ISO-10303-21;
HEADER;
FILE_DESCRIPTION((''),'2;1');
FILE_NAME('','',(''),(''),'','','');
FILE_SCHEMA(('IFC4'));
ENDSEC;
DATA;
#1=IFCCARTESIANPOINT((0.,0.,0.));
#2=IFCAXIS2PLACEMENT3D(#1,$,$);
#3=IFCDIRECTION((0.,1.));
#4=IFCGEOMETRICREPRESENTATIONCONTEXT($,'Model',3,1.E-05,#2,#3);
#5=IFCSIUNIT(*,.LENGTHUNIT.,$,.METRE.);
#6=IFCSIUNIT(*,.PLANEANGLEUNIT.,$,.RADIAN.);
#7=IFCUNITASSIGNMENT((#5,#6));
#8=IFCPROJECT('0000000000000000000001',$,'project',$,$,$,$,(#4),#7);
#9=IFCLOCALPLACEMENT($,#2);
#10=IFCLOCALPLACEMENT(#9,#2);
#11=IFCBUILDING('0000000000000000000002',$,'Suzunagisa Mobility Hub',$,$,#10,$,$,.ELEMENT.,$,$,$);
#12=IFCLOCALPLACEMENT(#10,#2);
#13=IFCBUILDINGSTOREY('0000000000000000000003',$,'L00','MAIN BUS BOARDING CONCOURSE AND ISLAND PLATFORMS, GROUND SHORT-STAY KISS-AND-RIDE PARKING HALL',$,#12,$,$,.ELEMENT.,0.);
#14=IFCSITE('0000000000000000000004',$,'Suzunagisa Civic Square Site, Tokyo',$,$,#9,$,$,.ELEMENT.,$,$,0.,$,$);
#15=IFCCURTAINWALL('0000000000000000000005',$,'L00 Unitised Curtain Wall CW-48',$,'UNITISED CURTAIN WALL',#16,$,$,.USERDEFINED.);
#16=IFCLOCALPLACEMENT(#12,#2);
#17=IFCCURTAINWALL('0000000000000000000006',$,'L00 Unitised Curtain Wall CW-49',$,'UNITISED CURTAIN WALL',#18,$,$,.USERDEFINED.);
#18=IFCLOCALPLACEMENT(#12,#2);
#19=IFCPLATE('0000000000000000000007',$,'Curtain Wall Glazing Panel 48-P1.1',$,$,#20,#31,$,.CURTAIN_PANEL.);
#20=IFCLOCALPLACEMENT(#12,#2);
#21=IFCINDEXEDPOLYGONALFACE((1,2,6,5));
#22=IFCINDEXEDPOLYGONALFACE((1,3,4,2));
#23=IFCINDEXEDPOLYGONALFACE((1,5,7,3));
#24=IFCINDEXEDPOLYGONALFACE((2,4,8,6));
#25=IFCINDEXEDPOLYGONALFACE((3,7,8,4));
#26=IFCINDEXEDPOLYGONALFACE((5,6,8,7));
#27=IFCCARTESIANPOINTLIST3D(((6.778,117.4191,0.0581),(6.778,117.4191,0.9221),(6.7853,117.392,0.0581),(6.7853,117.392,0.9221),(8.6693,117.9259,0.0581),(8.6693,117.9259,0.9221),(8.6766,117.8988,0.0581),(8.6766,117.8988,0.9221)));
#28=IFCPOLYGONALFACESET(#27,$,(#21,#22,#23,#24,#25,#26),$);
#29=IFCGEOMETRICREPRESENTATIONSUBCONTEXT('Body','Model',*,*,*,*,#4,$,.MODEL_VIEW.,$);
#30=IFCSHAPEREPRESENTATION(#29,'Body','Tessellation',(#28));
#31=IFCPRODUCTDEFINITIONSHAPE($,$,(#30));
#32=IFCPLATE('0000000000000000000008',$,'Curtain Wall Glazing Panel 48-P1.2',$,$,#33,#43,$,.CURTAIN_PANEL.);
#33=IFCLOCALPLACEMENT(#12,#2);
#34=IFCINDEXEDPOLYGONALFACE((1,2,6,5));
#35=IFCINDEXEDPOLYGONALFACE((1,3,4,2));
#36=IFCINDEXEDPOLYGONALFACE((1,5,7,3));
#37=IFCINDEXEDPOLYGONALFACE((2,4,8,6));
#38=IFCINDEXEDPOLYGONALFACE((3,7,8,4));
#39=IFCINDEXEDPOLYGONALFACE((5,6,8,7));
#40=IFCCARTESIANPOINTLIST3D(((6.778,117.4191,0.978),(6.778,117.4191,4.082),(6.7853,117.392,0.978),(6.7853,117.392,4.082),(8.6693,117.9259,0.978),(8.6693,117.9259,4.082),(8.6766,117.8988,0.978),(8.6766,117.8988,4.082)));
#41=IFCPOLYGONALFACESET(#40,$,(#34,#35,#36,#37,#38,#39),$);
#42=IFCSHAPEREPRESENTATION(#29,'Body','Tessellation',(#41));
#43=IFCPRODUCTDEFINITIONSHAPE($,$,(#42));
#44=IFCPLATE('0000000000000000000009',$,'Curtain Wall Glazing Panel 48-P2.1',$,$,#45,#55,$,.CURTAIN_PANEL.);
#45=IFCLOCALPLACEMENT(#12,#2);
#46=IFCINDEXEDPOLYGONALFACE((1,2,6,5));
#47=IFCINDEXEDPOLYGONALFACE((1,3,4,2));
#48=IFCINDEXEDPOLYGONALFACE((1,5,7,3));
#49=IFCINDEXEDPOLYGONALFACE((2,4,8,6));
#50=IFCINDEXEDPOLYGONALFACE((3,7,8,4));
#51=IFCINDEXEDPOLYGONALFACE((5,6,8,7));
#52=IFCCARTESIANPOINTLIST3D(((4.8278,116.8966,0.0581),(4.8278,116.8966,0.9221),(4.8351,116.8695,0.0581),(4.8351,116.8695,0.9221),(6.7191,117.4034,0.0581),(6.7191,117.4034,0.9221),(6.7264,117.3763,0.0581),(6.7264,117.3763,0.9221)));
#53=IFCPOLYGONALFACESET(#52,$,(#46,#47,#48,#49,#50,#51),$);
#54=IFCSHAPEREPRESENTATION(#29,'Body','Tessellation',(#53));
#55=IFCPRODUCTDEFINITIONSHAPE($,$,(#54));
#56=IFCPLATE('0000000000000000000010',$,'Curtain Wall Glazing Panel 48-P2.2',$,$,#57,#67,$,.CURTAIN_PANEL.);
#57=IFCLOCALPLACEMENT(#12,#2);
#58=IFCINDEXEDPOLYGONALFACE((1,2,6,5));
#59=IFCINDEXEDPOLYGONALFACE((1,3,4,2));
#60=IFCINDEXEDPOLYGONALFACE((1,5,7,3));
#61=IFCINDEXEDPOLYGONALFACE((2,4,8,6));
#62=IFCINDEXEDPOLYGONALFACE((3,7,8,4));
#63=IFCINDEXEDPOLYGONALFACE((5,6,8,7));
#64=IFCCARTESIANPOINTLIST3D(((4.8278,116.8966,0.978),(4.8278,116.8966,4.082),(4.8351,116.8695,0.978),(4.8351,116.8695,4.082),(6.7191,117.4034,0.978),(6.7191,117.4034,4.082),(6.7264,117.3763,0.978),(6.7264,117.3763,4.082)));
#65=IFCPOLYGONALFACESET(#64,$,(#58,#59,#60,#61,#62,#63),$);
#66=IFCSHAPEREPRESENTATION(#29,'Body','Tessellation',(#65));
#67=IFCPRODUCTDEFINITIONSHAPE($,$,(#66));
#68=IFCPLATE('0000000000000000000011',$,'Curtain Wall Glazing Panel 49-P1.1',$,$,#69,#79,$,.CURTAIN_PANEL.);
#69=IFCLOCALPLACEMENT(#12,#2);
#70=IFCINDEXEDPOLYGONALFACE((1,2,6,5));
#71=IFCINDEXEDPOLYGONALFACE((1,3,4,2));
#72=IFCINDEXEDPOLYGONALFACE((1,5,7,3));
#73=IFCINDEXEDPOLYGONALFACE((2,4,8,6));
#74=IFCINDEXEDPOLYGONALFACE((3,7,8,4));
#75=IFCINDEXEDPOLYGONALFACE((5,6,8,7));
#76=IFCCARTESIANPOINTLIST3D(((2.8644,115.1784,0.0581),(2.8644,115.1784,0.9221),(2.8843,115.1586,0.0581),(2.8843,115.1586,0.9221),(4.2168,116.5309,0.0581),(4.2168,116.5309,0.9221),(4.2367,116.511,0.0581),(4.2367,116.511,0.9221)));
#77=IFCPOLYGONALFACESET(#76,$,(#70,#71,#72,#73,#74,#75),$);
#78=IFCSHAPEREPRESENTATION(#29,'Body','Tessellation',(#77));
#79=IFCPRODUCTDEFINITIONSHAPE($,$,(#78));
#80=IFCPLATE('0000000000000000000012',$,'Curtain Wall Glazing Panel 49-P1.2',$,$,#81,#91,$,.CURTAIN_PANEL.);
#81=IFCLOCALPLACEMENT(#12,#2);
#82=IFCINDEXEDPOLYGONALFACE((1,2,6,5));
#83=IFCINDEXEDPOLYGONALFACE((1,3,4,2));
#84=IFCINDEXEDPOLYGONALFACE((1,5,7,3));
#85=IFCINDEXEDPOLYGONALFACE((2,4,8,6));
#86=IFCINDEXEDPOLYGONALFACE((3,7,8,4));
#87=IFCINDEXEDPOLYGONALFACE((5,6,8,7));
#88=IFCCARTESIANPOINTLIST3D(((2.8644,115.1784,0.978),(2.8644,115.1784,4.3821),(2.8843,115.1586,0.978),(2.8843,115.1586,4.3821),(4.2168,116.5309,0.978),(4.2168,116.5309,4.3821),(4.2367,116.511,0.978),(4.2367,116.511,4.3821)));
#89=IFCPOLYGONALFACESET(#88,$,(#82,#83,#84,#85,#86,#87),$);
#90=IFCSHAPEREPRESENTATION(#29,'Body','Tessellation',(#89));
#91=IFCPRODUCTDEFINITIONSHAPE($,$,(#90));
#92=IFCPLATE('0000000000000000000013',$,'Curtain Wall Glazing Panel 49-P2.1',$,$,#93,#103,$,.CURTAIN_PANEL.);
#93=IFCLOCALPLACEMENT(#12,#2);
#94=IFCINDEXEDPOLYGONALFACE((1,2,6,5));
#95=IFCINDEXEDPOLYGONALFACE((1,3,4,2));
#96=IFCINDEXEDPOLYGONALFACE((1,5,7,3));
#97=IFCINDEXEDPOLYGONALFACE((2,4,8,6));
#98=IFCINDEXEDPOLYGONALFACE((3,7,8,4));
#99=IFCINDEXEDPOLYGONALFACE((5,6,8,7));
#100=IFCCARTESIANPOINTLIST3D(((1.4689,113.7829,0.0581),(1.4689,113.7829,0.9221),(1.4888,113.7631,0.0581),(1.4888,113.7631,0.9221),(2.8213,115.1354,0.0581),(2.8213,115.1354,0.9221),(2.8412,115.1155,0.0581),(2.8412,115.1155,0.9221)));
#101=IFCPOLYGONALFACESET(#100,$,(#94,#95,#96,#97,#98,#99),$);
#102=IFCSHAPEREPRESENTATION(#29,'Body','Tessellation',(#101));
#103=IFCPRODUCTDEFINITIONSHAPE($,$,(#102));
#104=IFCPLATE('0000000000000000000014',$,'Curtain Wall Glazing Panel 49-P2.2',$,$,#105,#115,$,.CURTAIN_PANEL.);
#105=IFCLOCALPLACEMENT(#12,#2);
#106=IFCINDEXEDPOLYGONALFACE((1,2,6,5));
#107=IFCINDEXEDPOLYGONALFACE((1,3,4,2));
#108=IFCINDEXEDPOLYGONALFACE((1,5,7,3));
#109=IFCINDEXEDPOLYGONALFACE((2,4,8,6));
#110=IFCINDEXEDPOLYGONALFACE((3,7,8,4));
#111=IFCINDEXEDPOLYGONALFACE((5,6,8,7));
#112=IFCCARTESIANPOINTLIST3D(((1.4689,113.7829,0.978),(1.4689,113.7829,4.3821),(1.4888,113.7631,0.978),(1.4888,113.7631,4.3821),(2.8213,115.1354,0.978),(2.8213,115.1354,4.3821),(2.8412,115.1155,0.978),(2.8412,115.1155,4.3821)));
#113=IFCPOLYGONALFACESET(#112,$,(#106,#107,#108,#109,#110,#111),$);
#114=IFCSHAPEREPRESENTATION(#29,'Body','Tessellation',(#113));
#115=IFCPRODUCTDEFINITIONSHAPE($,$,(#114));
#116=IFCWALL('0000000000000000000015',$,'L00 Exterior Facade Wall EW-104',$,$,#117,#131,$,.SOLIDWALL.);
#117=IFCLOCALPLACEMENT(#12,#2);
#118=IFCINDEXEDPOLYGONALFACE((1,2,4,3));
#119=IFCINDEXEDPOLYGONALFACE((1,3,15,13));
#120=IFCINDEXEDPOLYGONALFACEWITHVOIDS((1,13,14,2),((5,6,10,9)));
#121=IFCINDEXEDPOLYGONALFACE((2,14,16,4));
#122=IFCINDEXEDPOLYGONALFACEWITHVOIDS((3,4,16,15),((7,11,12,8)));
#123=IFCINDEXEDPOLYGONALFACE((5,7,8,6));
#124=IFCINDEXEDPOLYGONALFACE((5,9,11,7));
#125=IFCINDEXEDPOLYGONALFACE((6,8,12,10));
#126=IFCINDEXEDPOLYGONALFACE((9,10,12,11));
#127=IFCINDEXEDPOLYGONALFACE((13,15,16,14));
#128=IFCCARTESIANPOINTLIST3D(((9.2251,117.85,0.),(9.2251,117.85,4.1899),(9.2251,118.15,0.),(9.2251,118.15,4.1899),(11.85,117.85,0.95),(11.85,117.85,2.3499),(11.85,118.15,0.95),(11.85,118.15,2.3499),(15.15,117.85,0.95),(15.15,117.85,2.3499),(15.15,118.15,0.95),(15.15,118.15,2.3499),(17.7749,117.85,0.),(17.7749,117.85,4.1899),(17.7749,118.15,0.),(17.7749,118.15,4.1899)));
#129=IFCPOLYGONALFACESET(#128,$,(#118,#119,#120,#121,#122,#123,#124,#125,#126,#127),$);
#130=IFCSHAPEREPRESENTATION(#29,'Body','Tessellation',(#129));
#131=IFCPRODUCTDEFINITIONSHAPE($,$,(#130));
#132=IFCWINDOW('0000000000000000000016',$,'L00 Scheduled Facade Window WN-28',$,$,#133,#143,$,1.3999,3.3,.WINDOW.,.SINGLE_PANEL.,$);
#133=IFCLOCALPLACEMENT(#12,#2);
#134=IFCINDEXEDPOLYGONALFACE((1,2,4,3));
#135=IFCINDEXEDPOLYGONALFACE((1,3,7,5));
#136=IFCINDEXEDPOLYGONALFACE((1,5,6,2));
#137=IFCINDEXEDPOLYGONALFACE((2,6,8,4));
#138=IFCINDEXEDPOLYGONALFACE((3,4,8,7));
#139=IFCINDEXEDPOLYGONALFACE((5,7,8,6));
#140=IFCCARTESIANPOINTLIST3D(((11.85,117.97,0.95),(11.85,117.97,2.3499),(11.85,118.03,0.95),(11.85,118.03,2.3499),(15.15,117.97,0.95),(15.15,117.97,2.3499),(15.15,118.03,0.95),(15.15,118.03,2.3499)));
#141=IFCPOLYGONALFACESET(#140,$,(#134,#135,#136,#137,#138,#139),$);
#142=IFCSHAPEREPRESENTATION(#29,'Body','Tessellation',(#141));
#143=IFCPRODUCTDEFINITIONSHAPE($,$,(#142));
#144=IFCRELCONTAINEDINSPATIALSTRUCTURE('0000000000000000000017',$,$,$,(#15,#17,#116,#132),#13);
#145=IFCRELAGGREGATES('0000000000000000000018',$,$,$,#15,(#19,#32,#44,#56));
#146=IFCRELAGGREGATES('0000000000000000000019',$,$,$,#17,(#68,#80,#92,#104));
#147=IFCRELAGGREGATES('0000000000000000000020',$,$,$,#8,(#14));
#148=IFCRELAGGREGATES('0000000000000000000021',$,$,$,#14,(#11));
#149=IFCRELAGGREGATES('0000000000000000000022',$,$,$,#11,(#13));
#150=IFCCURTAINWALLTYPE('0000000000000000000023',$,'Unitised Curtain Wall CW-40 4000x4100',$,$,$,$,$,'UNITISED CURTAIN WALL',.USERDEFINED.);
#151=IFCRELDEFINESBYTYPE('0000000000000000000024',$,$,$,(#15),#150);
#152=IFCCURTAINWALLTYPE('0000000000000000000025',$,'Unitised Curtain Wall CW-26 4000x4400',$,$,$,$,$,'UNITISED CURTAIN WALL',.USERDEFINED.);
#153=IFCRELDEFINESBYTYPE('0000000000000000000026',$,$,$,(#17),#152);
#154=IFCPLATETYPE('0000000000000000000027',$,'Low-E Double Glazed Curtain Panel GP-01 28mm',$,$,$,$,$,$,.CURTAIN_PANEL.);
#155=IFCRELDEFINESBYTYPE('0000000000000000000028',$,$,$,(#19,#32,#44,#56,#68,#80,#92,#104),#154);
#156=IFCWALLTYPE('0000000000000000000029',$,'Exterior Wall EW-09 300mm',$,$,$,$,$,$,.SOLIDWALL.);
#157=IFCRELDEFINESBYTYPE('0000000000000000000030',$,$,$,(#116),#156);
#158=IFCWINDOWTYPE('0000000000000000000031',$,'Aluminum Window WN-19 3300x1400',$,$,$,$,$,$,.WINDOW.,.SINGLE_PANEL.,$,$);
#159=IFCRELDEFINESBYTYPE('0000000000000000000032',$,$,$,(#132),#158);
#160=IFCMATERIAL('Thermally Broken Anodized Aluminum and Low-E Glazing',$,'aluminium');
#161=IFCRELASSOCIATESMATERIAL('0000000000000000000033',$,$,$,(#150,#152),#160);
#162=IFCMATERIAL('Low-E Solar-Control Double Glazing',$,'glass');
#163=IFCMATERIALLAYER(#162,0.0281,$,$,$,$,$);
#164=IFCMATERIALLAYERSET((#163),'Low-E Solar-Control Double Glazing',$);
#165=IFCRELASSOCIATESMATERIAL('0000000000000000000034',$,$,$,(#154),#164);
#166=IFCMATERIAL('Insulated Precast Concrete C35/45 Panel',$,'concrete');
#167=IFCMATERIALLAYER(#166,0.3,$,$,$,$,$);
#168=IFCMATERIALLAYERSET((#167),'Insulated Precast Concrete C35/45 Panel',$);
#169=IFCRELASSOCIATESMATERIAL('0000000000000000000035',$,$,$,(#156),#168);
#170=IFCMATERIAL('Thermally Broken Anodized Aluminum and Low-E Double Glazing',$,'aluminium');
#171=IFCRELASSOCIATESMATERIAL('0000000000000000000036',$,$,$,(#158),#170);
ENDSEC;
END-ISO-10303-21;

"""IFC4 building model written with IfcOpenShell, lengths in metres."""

from ifc_helpers import new_model, si_unit, direction, frame, frame_2d, origin, origin_2d, place, context, subcontext, project, spatial, rectangle, extrude, material, layer, layer_set, type_object, element, fill, aggregate, save


model = new_model("IFC4")

# Units and contexts
model_context = context("Model", 3, precision=1e-05, world=origin(), true_north=direction((0.0, 1.0)))
body_context = subcontext(model_context, "Body", "Model", "MODEL_VIEW")
ifc_project = project(units=[si_unit("LENGTHUNIT", "METRE"), si_unit("PLANEANGLEUNIT", "RADIAN")], contexts=[model_context])

# Site, building, storey
site_placement = place(None, origin())
site = spatial("IfcSite", under=ifc_project, at=site_placement, Name="Suzunagisa Civic Square Site, Tokyo", CompositionType="ELEMENT", RefElevation=0.0)
building_placement = place(site_placement, origin())
building = spatial("IfcBuilding", under=site, at=building_placement, Name="Suzunagisa Mobility Hub", CompositionType="ELEMENT")
storey_placement = place(building_placement, origin())
storey = spatial("IfcBuildingStorey", under=building, at=storey_placement, Name="L00", Description="MAIN BUS BOARDING CONCOURSE AND ISLAND PLATFORMS, GROUND SHORT-STAY KISS-AND-RIDE PARKING HALL", CompositionType="ELEMENT", Elevation=0.0)

# Curtain walls
ifc_material_1 = material(Name="Thermally Broken Anodized Aluminum and Low-E Glazing", Category="aluminium")
curtain_wall_type_1 = type_object("IfcCurtainWallType", Name="Unitised Curtain Wall CW-40 4000x4100", ElementType="UNITISED CURTAIN WALL", PredefinedType="USERDEFINED", material=ifc_material_1)
curtain_wall_1_placement = place(storey_placement, origin())
curtain_wall_1 = element("IfcCurtainWall", 1, at=curtain_wall_1_placement, inside=storey, type_object=curtain_wall_type_1, Name="L00 Unitised Curtain Wall CW-48", ObjectType="UNITISED CURTAIN WALL", PredefinedType="USERDEFINED")
curtain_wall_type_2 = type_object("IfcCurtainWallType", Name="Unitised Curtain Wall CW-26 4000x4400", ElementType="UNITISED CURTAIN WALL", PredefinedType="USERDEFINED", material=ifc_material_1)
curtain_wall_2_placement = place(storey_placement, origin())
curtain_wall_2 = element("IfcCurtainWall", 2, at=curtain_wall_2_placement, inside=storey, type_object=curtain_wall_type_2, Name="L00 Unitised Curtain Wall CW-49", ObjectType="UNITISED CURTAIN WALL", PredefinedType="USERDEFINED")

# Plates
ifc_material_2 = material(Name="Low-E Solar-Control Double Glazing", Category="glass")
ifc_layer_1 = layer(ifc_material_2, 0.0281)
ifc_layer_set_1 = layer_set([ifc_layer_1], Name="Low-E Solar-Control Double Glazing")
plate_type = type_object("IfcPlateType", Name="Low-E Double Glazed Curtain Panel GP-01 28mm", PredefinedType="CURTAIN_PANEL", material=ifc_layer_set_1)
plate_1_placement = place(storey_placement, frame((7.7273, 117.6589, 0.0581), z_axis=(0.0, 0.0, 1.0), x_axis=(-0.965925, -0.258821, 0.0)))
plate_1 = element("IfcPlate", 3, at=plate_1_placement, type_object=plate_type, Name="Curtain Wall Glazing Panel 48-P1.1", PredefinedType="CURTAIN_PANEL", context=body_context, shape_type="SweptSolid", body=[
    extrude(rectangle(XDim=1.958, YDim=0.0281, at=origin_2d()), origin(), (0.0, 0.0, 1.0), 0.864),
])
plate_2_placement = place(storey_placement, frame((7.7273, 117.6589, 0.978), z_axis=(0.0, 0.0, 1.0), x_axis=(-0.965925, -0.258821, 0.0)))
plate_2 = element("IfcPlate", 4, at=plate_2_placement, type_object=plate_type, Name="Curtain Wall Glazing Panel 48-P1.2", PredefinedType="CURTAIN_PANEL", context=body_context, shape_type="SweptSolid", body=[
    extrude(rectangle(XDim=1.958, YDim=0.0281, at=origin_2d()), origin(), (0.0, 0.0, 1.0), 3.104),
])
plate_3_placement = place(storey_placement, frame((5.7771, 117.1365, 0.0581), z_axis=(0.0, 0.0, 1.0), x_axis=(-0.965925, -0.258821, 0.0)))
plate_3 = element("IfcPlate", 5, at=plate_3_placement, type_object=plate_type, Name="Curtain Wall Glazing Panel 48-P2.1", PredefinedType="CURTAIN_PANEL", context=body_context, shape_type="SweptSolid", body=[
    extrude(rectangle(XDim=1.958, YDim=0.0281, at=origin_2d()), origin(), (0.0, 0.0, 1.0), 0.864),
])
plate_4_placement = place(storey_placement, frame((5.7771, 117.1365, 0.978), z_axis=(0.0, 0.0, 1.0), x_axis=(-0.965925, -0.258821, 0.0)))
plate_4 = element("IfcPlate", 6, at=plate_4_placement, type_object=plate_type, Name="Curtain Wall Glazing Panel 48-P2.2", PredefinedType="CURTAIN_PANEL", context=body_context, shape_type="SweptSolid", body=[
    extrude(rectangle(XDim=1.958, YDim=0.0281, at=origin_2d()), origin(), (0.0, 0.0, 1.0), 3.104),
])
aggregate(curtain_wall_1, [plate_1, plate_2, plate_3, plate_4])
plate_5_placement = place(storey_placement, frame((3.5505, 115.8447, 0.0581), z_axis=(0.0, 0.0, 1.0), x_axis=(-0.707107, -0.707107, 0.0)))
plate_5 = element("IfcPlate", 7, at=plate_5_placement, type_object=plate_type, Name="Curtain Wall Glazing Panel 49-P1.1", PredefinedType="CURTAIN_PANEL", context=body_context, shape_type="SweptSolid", body=[
    extrude(rectangle(XDim=1.9126, YDim=0.0281, at=origin_2d()), origin(), (0.0, 0.0, 1.0), 0.864),
])
plate_6_placement = place(storey_placement, frame((3.5505, 115.8447, 0.978), z_axis=(0.0, 0.0, 1.0), x_axis=(-0.707107, -0.707107, 0.0)))
plate_6 = element("IfcPlate", 8, at=plate_6_placement, type_object=plate_type, Name="Curtain Wall Glazing Panel 49-P1.2", PredefinedType="CURTAIN_PANEL", context=body_context, shape_type="SweptSolid", body=[
    extrude(rectangle(XDim=1.9126, YDim=0.0281, at=origin_2d()), origin(), (0.0, 0.0, 1.0), 3.4041),
])
plate_7_placement = place(storey_placement, frame((2.155, 114.4492, 0.0581), z_axis=(0.0, 0.0, 1.0), x_axis=(-0.707107, -0.707107, 0.0)))
plate_7 = element("IfcPlate", 9, at=plate_7_placement, type_object=plate_type, Name="Curtain Wall Glazing Panel 49-P2.1", PredefinedType="CURTAIN_PANEL", context=body_context, shape_type="SweptSolid", body=[
    extrude(rectangle(XDim=1.9126, YDim=0.0281, at=origin_2d()), origin(), (0.0, 0.0, 1.0), 0.864),
])
plate_8_placement = place(storey_placement, frame((2.155, 114.4492, 0.978), z_axis=(0.0, 0.0, 1.0), x_axis=(-0.707107, -0.707107, 0.0)))
plate_8 = element("IfcPlate", 10, at=plate_8_placement, type_object=plate_type, Name="Curtain Wall Glazing Panel 49-P2.2", PredefinedType="CURTAIN_PANEL", context=body_context, shape_type="SweptSolid", body=[
    extrude(rectangle(XDim=1.9126, YDim=0.0281, at=origin_2d()), origin(), (0.0, 0.0, 1.0), 3.4041),
])
aggregate(curtain_wall_2, [plate_5, plate_6, plate_7, plate_8])

# Wall, opening, window
ifc_material_3 = material(Name="Insulated Precast Concrete C35/45 Panel", Category="concrete")
ifc_layer_2 = layer(ifc_material_3, 0.3)
ifc_layer_set_2 = layer_set([ifc_layer_2], Name="Insulated Precast Concrete C35/45 Panel")
wall_type = type_object("IfcWallType", Name="Exterior Wall EW-09 300mm", PredefinedType="SOLIDWALL", material=ifc_layer_set_2)
wall_placement = place(storey_placement, frame((17.7749, 118.0, 0.0), z_axis=(0.0, 0.0, 1.0), x_axis=(-1.0, 0.0, 0.0)))
wall = element("IfcWall", 11, at=wall_placement, inside=storey, type_object=wall_type, Name="L00 Exterior Facade Wall EW-104", PredefinedType="SOLIDWALL", context=body_context, shape_type="SweptSolid", body=[
    extrude(rectangle(XDim=8.5498, YDim=0.3, at=frame_2d((4.2749, 0.0))), origin(), (0.0, 0.0, 1.0), 4.1899),
])
opening_placement = place(wall_placement, frame((2.625, 0.0, 0.95)))
opening = element("IfcOpeningElement", 12, at=opening_placement, cuts=wall, PredefinedType="OPENING", context=body_context, shape_type="SweptSolid", body=[
    extrude(rectangle(XDim=3.3, YDim=1.3999, at=frame_2d((1.6499, 0.7))), frame((0.0, 0.1611, 0.0), z_axis=(0.0, -1.0, 0.0), x_axis=(1.0, 0.0, 0.0)), (0.0, 0.0, 1.0), 0.322),
])
ifc_material_4 = material(Name="Thermally Broken Anodized Aluminum and Low-E Double Glazing", Category="aluminium")
window_type = type_object("IfcWindowType", Name="Aluminum Window WN-19 3300x1400", PartitioningType="SINGLE_PANEL", PredefinedType="WINDOW", material=ifc_material_4)
window_placement = place(opening_placement, origin())
window = element("IfcWindow", 13, at=window_placement, inside=storey, type_object=window_type, Name="L00 Scheduled Facade Window WN-28", OverallHeight=1.3999, OverallWidth=3.3, PartitioningType="SINGLE_PANEL", PredefinedType="WINDOW", context=body_context, shape_type="SweptSolid", body=[
    extrude(rectangle(XDim=3.3, YDim=1.3999, at=frame_2d((1.6499, 0.7))), frame((0.0, 0.03, 0.0), z_axis=(0.0, -1.0, 0.0), x_axis=(1.0, 0.0, 0.0)), (0.0, 0.0, 1.0), 0.0601),
])
fill(opening, window)

save(model, "model.ifc")
